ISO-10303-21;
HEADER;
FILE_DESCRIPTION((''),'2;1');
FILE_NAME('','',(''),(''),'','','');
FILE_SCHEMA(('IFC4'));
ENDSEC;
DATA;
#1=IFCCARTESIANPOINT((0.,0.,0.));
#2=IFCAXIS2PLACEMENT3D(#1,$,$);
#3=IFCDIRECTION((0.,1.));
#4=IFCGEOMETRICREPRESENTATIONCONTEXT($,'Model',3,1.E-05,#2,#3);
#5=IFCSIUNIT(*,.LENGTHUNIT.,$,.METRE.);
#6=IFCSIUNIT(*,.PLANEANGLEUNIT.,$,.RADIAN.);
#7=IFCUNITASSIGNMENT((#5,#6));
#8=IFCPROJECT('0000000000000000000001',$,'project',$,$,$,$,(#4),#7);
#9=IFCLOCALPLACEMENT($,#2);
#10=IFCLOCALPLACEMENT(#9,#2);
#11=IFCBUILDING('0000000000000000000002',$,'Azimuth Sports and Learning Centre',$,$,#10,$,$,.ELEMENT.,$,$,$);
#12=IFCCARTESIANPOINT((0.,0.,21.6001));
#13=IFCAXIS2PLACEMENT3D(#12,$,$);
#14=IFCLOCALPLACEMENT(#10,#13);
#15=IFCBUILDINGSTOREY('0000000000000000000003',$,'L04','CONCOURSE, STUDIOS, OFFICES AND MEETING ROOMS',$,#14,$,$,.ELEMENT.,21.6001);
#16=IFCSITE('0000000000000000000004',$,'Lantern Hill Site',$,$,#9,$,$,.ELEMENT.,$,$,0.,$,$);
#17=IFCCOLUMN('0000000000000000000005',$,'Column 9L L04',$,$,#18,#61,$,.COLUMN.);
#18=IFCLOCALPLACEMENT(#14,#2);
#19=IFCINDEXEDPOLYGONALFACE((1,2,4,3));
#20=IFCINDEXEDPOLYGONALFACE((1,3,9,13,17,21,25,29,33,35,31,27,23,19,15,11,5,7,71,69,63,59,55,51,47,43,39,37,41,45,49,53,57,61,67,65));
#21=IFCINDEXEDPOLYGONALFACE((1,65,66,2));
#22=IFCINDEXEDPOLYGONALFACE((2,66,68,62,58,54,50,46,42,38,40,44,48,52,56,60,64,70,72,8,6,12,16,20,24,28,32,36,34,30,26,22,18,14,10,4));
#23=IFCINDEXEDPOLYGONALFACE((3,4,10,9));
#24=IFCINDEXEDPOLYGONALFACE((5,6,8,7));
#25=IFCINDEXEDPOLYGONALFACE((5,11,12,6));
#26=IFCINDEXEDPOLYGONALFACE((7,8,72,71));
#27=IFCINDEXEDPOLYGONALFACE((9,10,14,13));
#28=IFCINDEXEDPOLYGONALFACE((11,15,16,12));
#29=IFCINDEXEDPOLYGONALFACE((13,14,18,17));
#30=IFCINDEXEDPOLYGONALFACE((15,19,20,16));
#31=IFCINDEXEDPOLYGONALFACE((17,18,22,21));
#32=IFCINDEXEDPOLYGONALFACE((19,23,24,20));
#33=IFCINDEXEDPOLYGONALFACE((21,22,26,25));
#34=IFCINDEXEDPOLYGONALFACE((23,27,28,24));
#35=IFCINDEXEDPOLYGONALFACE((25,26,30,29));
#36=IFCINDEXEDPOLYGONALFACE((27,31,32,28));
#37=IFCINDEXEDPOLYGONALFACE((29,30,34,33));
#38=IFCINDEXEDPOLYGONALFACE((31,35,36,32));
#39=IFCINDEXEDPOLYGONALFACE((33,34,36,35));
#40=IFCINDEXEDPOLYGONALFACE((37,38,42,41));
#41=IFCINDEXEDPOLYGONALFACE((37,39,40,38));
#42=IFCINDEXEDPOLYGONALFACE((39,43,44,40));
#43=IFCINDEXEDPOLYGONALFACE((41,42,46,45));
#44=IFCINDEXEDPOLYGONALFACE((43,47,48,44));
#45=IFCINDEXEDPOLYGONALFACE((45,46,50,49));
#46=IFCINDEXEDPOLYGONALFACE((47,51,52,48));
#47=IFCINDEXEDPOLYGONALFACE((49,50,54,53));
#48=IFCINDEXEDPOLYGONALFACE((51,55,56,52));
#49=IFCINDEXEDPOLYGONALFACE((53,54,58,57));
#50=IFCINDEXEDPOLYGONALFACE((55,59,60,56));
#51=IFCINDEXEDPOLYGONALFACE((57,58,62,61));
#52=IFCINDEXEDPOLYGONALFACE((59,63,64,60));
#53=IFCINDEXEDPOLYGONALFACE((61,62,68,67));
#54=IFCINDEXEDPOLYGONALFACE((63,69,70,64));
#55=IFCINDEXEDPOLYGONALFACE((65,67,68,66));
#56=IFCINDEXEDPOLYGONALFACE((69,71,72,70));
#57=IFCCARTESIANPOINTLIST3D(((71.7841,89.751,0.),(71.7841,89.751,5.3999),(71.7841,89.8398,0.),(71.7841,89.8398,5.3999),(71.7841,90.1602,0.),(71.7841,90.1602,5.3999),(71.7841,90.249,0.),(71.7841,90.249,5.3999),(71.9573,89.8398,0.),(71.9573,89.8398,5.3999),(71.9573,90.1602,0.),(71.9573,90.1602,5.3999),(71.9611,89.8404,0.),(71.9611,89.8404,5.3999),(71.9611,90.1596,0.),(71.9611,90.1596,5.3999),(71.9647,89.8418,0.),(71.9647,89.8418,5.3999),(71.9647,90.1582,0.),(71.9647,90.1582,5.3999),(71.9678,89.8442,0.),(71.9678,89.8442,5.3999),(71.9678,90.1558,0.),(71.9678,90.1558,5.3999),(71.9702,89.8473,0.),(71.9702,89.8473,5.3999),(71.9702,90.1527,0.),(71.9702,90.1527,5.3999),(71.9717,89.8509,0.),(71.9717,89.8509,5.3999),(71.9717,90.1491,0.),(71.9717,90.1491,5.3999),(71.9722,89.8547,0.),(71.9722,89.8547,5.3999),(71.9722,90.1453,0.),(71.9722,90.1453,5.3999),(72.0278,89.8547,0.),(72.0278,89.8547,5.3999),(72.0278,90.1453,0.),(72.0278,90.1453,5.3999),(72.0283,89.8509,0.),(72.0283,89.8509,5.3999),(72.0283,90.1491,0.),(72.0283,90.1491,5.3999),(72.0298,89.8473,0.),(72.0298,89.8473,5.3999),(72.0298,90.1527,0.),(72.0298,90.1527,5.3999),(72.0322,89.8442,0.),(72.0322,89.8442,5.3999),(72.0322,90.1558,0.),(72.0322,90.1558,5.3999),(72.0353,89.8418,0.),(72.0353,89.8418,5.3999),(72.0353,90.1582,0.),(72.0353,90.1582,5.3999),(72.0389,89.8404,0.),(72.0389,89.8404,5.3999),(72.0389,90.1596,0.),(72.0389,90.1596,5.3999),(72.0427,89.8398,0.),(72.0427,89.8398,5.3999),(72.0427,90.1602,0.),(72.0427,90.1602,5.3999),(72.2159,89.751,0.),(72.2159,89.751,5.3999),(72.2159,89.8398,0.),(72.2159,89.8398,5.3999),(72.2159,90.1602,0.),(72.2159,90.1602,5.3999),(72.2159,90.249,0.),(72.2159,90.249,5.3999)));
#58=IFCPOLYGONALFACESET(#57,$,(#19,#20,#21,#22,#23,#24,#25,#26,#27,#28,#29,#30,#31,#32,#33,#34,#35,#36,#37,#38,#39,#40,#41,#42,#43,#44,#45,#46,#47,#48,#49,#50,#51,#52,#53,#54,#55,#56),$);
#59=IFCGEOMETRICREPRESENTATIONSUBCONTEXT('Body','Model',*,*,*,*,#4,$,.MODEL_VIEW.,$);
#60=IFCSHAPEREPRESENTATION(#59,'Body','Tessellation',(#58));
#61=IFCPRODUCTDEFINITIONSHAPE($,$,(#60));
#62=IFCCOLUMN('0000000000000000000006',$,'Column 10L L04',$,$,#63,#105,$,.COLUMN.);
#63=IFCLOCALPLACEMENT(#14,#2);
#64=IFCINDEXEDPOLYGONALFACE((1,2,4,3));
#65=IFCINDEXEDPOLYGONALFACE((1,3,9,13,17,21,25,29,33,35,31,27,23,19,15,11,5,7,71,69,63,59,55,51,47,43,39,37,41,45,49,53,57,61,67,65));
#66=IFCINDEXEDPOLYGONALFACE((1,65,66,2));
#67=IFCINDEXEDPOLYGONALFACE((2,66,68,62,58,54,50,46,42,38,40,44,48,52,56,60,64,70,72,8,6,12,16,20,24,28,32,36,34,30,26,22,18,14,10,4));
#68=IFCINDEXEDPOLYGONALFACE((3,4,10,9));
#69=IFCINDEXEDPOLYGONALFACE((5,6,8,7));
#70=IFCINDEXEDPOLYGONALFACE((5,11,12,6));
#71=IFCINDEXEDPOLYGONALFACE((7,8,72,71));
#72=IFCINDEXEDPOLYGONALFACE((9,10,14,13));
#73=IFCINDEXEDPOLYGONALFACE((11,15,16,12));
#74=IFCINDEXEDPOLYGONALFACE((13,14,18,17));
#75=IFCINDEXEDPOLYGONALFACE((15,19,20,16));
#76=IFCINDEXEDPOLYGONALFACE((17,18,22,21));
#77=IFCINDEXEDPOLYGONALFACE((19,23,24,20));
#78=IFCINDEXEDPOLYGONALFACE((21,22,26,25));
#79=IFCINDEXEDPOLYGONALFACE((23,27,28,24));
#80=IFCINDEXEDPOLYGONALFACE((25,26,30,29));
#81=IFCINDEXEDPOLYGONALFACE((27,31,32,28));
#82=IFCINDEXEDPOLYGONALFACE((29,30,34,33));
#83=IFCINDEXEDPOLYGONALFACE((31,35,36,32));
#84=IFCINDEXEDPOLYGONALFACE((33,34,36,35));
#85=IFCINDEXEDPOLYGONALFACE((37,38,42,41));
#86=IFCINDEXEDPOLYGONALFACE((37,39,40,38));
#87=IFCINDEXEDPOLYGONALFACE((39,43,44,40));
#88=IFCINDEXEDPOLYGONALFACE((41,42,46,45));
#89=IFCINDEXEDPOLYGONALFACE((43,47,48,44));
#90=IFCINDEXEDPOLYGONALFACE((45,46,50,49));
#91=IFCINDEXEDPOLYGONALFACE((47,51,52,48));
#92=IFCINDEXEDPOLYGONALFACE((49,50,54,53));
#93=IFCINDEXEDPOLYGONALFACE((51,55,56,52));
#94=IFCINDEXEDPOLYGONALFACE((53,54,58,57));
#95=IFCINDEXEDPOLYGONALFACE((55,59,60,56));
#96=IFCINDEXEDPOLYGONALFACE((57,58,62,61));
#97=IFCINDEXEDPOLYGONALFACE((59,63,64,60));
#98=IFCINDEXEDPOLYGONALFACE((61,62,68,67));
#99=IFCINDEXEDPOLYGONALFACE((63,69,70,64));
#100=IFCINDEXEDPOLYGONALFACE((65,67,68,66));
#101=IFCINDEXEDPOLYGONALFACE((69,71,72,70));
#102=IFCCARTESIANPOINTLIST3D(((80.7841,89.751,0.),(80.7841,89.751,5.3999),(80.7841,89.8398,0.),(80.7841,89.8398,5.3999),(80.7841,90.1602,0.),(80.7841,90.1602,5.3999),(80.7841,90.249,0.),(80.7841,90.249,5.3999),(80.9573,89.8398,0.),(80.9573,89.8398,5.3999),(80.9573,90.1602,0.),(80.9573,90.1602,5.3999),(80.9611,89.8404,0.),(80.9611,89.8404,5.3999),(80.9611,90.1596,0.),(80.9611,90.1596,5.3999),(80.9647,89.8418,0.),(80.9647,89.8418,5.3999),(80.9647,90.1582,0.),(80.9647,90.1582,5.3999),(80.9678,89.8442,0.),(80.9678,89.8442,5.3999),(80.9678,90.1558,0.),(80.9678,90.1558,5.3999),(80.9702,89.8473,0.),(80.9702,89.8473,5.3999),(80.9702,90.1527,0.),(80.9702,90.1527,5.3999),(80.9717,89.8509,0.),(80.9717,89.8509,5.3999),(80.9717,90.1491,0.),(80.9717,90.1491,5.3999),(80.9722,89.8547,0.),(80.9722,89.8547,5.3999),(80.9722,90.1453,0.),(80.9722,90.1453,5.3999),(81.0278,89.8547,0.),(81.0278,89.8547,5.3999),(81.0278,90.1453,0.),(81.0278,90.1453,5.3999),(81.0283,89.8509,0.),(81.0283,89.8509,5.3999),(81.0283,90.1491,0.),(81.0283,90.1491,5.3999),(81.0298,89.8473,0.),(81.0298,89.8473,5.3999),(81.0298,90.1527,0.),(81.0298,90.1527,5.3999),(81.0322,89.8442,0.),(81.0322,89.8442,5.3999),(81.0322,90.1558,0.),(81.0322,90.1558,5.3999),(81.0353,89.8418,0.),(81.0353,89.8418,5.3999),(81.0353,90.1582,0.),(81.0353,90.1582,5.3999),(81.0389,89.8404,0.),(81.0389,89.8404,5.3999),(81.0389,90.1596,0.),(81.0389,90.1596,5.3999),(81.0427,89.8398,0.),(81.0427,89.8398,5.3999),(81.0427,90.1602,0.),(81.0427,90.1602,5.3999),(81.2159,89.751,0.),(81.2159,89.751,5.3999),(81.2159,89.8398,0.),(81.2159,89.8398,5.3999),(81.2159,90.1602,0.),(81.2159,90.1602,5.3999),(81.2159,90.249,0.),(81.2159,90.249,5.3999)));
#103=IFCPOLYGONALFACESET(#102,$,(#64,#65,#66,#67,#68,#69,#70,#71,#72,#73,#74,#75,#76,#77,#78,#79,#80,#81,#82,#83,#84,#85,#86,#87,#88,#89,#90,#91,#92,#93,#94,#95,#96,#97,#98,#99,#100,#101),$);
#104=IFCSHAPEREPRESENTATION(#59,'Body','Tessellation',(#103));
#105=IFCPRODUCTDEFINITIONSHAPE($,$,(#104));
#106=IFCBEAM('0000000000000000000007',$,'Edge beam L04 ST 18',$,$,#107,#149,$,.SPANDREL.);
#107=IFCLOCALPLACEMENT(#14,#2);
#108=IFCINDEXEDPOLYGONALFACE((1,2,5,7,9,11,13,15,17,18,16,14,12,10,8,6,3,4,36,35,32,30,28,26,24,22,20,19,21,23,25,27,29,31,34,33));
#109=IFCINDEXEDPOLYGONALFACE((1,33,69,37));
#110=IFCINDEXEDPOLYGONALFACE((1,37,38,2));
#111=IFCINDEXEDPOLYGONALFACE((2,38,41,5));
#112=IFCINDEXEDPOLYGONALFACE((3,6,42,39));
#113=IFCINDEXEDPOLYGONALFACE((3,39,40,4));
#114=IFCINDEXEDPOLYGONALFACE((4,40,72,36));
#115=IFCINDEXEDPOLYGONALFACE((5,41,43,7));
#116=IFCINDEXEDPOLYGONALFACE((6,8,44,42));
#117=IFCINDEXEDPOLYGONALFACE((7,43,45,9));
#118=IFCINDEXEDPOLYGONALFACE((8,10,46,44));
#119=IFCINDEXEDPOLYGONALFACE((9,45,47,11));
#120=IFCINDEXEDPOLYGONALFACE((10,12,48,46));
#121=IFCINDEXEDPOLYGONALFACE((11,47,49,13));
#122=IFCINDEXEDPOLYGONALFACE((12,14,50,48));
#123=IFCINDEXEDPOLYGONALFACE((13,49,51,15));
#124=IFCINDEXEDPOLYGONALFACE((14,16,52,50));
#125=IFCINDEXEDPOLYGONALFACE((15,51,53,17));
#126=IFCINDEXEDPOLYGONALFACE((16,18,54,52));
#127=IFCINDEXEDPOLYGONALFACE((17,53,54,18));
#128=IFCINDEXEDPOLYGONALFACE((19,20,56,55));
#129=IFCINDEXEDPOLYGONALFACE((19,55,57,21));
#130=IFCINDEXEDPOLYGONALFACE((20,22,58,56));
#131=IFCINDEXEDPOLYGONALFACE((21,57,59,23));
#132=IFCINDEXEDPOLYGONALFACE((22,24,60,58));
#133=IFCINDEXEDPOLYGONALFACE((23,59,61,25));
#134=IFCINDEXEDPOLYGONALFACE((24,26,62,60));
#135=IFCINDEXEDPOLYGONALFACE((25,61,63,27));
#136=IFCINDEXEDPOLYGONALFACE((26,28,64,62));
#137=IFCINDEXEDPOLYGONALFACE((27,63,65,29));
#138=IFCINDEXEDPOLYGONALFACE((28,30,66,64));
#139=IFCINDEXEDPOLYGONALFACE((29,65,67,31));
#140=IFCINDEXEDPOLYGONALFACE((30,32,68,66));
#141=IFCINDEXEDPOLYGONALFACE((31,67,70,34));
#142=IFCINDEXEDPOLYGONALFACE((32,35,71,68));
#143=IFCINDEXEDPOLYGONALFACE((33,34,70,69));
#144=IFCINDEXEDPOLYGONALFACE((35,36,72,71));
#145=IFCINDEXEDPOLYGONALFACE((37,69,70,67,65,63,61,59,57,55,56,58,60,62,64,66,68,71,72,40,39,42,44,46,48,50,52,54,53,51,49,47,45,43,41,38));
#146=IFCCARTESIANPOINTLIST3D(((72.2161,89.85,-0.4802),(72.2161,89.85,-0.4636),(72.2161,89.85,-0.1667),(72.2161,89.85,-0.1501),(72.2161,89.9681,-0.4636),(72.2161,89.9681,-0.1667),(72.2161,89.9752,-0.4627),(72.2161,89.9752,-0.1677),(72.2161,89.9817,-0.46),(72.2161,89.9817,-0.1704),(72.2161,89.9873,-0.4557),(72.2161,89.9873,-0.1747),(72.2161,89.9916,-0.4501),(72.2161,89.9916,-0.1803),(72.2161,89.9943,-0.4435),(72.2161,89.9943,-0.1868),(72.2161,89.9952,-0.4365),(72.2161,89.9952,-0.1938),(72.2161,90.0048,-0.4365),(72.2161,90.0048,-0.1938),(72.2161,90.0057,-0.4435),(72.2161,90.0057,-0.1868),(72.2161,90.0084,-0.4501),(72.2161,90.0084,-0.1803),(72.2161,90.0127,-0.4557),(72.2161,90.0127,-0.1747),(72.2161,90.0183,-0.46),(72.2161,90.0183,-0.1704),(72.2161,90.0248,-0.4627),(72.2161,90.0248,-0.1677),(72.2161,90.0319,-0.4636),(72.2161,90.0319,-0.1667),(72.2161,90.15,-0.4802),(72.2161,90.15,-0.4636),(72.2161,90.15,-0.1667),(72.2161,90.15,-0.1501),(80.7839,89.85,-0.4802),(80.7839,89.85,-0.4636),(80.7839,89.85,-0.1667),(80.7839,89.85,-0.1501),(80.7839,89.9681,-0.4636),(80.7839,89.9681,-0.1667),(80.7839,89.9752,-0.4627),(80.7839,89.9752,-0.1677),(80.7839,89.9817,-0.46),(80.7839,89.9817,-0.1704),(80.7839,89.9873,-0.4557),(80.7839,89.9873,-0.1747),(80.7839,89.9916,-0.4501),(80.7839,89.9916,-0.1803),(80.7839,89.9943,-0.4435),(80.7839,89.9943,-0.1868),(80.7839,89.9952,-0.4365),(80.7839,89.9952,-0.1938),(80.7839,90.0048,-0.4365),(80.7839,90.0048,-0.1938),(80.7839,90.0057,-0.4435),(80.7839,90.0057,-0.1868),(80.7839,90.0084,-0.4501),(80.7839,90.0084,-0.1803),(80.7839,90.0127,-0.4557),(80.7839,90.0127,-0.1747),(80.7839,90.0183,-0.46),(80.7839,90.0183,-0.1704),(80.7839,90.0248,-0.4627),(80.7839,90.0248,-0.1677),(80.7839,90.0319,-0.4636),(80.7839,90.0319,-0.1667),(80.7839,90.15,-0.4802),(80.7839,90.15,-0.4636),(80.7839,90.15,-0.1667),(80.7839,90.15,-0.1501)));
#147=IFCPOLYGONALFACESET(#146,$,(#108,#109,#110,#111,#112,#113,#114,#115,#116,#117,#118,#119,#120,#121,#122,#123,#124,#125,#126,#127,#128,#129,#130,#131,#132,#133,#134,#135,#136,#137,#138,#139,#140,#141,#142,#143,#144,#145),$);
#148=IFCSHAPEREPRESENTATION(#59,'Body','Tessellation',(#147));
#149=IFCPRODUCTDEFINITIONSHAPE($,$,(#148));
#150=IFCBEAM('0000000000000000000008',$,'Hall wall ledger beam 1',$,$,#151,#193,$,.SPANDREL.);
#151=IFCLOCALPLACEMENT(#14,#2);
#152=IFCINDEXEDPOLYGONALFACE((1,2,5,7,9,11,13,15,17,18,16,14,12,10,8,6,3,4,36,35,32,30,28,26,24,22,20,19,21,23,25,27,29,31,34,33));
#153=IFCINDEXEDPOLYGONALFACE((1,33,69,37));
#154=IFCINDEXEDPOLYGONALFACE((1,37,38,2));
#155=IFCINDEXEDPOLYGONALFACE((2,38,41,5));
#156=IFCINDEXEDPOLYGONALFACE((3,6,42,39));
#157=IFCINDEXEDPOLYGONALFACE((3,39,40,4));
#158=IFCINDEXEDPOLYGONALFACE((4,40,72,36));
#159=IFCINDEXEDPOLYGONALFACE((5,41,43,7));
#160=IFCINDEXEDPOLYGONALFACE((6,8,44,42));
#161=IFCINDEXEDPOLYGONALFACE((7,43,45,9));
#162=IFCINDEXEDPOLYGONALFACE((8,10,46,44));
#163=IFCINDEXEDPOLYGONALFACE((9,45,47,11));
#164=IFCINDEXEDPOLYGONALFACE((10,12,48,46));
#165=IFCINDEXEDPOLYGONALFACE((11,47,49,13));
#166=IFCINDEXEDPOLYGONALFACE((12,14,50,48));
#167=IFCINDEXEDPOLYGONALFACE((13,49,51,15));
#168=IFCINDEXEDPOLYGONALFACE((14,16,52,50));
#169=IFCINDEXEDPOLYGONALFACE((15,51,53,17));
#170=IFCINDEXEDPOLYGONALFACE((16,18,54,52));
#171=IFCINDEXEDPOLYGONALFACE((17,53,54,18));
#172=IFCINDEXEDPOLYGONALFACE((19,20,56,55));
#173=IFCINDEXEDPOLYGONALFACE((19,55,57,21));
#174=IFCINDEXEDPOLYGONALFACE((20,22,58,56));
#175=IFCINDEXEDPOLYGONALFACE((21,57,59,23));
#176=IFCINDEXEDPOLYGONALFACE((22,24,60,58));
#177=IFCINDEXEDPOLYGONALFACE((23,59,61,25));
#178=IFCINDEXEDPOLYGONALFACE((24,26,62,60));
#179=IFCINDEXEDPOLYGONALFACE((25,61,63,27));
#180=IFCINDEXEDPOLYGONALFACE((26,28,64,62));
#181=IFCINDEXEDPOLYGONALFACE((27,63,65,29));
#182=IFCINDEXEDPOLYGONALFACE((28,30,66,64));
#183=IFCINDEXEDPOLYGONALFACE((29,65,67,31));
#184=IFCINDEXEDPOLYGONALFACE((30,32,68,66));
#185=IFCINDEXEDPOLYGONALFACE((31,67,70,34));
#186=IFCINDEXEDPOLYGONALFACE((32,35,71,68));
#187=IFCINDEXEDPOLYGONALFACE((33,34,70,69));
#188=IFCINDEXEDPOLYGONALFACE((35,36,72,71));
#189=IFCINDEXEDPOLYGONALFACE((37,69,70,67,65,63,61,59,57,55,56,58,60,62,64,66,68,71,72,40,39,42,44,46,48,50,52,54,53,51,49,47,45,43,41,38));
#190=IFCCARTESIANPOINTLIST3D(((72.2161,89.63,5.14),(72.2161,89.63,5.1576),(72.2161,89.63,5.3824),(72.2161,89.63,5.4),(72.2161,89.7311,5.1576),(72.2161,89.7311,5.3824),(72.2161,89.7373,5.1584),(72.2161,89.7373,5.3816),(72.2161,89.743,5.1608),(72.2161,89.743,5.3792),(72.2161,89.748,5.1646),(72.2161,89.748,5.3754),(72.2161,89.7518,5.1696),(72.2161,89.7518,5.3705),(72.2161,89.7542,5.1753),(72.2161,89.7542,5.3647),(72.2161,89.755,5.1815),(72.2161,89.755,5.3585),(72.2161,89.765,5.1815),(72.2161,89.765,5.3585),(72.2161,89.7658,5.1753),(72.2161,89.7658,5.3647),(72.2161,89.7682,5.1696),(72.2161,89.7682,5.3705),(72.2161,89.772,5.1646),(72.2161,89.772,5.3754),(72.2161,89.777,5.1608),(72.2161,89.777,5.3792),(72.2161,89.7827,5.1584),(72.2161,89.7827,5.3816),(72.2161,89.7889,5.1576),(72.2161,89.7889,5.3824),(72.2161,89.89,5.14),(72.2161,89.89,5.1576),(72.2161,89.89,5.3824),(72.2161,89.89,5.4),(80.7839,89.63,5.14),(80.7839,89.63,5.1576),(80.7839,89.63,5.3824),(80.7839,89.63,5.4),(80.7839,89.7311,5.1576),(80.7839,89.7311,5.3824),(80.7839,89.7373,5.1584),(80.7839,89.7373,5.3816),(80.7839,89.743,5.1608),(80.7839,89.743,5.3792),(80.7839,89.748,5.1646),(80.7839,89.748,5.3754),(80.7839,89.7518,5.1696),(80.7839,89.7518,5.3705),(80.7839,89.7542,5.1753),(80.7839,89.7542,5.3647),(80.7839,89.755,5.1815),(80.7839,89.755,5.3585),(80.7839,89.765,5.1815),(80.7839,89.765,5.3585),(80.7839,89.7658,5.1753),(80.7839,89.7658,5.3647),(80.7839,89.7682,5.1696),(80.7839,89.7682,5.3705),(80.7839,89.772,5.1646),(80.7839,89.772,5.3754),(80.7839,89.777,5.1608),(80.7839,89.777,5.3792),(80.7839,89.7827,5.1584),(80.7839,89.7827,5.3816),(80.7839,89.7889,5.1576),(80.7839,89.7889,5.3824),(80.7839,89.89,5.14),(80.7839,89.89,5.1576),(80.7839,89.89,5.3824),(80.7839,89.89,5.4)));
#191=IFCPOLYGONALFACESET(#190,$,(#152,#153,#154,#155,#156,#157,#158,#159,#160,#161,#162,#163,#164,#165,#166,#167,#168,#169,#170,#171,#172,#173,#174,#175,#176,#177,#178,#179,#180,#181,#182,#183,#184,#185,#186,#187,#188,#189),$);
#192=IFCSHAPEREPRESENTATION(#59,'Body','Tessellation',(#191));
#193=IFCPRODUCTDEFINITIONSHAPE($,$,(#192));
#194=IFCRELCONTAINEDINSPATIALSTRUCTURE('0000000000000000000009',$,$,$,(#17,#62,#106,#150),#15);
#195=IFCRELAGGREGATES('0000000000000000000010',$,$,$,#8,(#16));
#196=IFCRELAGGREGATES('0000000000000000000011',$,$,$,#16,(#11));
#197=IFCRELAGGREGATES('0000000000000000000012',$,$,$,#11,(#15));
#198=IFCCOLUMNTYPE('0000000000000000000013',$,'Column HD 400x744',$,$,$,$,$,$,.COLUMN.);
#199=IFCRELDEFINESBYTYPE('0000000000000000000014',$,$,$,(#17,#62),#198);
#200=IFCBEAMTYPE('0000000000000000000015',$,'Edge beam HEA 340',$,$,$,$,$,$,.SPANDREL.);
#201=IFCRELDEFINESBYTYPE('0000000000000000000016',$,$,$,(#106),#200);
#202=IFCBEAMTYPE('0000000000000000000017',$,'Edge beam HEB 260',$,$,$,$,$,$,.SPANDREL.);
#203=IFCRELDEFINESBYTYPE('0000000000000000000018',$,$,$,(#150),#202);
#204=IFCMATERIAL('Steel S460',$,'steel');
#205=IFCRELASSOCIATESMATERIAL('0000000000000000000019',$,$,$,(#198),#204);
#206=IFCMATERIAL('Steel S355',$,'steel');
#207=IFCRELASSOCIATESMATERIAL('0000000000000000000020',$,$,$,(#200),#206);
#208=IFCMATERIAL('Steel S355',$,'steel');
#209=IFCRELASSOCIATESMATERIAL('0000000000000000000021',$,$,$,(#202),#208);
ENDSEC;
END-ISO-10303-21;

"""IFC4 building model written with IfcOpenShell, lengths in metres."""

from ifc_helpers import new_model, si_unit, direction, frame, origin, origin_2d, place, context, subcontext, project, spatial, i_section, extrude, material, material_profile, profile_set, type_object, element, save


model = new_model("IFC4")

# Units and contexts
model_context = context("Model", 3, precision=1e-05, world=origin(), true_north=direction((0.0, 1.0)))
body_context = subcontext(model_context, "Body", "Model", "MODEL_VIEW")
ifc_project = project(units=[si_unit("LENGTHUNIT", "METRE"), si_unit("PLANEANGLEUNIT", "RADIAN")], contexts=[model_context])

# Site, building, storey
site_placement = place(None, origin())
site = spatial("IfcSite", under=ifc_project, at=site_placement, Name="Lantern Hill Site", CompositionType="ELEMENT", RefElevation=0.0)
building_placement = place(site_placement, origin())
building = spatial("IfcBuilding", under=site, at=building_placement, Name="Azimuth Sports and Learning Centre", CompositionType="ELEMENT")
storey_placement = place(building_placement, frame((0.0, 0.0, 21.6001)))
storey = spatial("IfcBuildingStorey", under=building, at=storey_placement, Name="L04", Description="CONCOURSE, STUDIOS, OFFICES AND MEETING ROOMS", CompositionType="ELEMENT", Elevation=21.6001)

# Columns
ifc_material_1 = material(Name="Steel S460", Category="steel")
ifc_material_profile_1 = material_profile(ifc_material_1, i_section(OverallWidth=0.4319, OverallDepth=0.498, WebThickness=0.0557, FlangeThickness=0.0889, FilletRadius=0.0149, at=origin_2d()), Name="HD 400x744")
ifc_profile_set_1 = profile_set([ifc_material_profile_1], Name="Steel S460")
column_type = type_object("IfcColumnType", Name="Column HD 400x744", PredefinedType="COLUMN", material=ifc_profile_set_1)
for number, where, z_axis, x_axis, name in (
    (1, (72.0, 90.0, 0.0), (0.0, 0.0, 1.0), (1.0, 0.0, 0.0), "Column 9L L04"),
    (2, (81.0, 90.0, 0.0), (0.0, 0.0, 1.0), (1.0, 0.0, 0.0), "Column 10L L04"),
):
    element("IfcColumn", number, at=place(storey_placement, frame(where, z_axis=z_axis, x_axis=x_axis)), inside=storey, type_object=column_type, Name=name, PredefinedType="COLUMN", context=body_context, shape_type="SweptSolid", body=[
        extrude(i_section(OverallWidth=0.4319, OverallDepth=0.498, WebThickness=0.0557, FlangeThickness=0.0889, FilletRadius=0.0149, at=origin_2d()), origin(), (0.0, 0.0, 1.0), 5.3999),
    ])

# Beams
ifc_material_2 = material(Name="Steel S355", Category="steel")
ifc_material_profile_2 = material_profile(ifc_material_2, i_section(OverallWidth=0.3, OverallDepth=0.3301, WebThickness=0.0095, FlangeThickness=0.0166, FilletRadius=0.0271, at=origin_2d()), Name="HEA 340")
ifc_profile_set_2 = profile_set([ifc_material_profile_2], Name="Steel S355")
beam_type_1 = type_object("IfcBeamType", Name="Edge beam HEA 340", PredefinedType="SPANDREL", material=ifc_profile_set_2)
beam_1_placement = place(storey_placement, frame((72.2161, 90.0, -0.3152), z_axis=(1.0, 0.0, 0.0), x_axis=(0.0, 1.0, 0.0)))
element("IfcBeam", 3, at=beam_1_placement, inside=storey, type_object=beam_type_1, Name="Edge beam L04 ST 18", PredefinedType="SPANDREL", context=body_context, shape_type="SweptSolid", body=[
    extrude(i_section(OverallWidth=0.3, OverallDepth=0.3301, WebThickness=0.0095, FlangeThickness=0.0166, FilletRadius=0.0271, at=origin_2d()), origin(), (0.0, 0.0, 1.0), 8.5679),
])
ifc_material_3 = material(Name="Steel S355", Category="steel")
ifc_material_profile_3 = material_profile(ifc_material_3, i_section(OverallWidth=0.26, OverallDepth=0.26, WebThickness=0.01, FlangeThickness=0.0176, FilletRadius=0.0239, at=origin_2d()), Name="HEB 260")
ifc_profile_set_3 = profile_set([ifc_material_profile_3], Name="Steel S355")
beam_type_2 = type_object("IfcBeamType", Name="Edge beam HEB 260", PredefinedType="SPANDREL", material=ifc_profile_set_3)
beam_2_placement = place(storey_placement, frame((72.2161, 89.76, 5.27), z_axis=(1.0, 0.0, 0.0), x_axis=(0.0, 1.0, 0.0)))
element("IfcBeam", 4, at=beam_2_placement, inside=storey, type_object=beam_type_2, Name="Hall wall ledger beam 1", PredefinedType="SPANDREL", context=body_context, shape_type="SweptSolid", body=[
    extrude(i_section(OverallWidth=0.26, OverallDepth=0.26, WebThickness=0.01, FlangeThickness=0.0176, FilletRadius=0.0239, at=origin_2d()), origin(), (0.0, 0.0, 1.0), 8.5679),
])

save(model, "model.ifc")
